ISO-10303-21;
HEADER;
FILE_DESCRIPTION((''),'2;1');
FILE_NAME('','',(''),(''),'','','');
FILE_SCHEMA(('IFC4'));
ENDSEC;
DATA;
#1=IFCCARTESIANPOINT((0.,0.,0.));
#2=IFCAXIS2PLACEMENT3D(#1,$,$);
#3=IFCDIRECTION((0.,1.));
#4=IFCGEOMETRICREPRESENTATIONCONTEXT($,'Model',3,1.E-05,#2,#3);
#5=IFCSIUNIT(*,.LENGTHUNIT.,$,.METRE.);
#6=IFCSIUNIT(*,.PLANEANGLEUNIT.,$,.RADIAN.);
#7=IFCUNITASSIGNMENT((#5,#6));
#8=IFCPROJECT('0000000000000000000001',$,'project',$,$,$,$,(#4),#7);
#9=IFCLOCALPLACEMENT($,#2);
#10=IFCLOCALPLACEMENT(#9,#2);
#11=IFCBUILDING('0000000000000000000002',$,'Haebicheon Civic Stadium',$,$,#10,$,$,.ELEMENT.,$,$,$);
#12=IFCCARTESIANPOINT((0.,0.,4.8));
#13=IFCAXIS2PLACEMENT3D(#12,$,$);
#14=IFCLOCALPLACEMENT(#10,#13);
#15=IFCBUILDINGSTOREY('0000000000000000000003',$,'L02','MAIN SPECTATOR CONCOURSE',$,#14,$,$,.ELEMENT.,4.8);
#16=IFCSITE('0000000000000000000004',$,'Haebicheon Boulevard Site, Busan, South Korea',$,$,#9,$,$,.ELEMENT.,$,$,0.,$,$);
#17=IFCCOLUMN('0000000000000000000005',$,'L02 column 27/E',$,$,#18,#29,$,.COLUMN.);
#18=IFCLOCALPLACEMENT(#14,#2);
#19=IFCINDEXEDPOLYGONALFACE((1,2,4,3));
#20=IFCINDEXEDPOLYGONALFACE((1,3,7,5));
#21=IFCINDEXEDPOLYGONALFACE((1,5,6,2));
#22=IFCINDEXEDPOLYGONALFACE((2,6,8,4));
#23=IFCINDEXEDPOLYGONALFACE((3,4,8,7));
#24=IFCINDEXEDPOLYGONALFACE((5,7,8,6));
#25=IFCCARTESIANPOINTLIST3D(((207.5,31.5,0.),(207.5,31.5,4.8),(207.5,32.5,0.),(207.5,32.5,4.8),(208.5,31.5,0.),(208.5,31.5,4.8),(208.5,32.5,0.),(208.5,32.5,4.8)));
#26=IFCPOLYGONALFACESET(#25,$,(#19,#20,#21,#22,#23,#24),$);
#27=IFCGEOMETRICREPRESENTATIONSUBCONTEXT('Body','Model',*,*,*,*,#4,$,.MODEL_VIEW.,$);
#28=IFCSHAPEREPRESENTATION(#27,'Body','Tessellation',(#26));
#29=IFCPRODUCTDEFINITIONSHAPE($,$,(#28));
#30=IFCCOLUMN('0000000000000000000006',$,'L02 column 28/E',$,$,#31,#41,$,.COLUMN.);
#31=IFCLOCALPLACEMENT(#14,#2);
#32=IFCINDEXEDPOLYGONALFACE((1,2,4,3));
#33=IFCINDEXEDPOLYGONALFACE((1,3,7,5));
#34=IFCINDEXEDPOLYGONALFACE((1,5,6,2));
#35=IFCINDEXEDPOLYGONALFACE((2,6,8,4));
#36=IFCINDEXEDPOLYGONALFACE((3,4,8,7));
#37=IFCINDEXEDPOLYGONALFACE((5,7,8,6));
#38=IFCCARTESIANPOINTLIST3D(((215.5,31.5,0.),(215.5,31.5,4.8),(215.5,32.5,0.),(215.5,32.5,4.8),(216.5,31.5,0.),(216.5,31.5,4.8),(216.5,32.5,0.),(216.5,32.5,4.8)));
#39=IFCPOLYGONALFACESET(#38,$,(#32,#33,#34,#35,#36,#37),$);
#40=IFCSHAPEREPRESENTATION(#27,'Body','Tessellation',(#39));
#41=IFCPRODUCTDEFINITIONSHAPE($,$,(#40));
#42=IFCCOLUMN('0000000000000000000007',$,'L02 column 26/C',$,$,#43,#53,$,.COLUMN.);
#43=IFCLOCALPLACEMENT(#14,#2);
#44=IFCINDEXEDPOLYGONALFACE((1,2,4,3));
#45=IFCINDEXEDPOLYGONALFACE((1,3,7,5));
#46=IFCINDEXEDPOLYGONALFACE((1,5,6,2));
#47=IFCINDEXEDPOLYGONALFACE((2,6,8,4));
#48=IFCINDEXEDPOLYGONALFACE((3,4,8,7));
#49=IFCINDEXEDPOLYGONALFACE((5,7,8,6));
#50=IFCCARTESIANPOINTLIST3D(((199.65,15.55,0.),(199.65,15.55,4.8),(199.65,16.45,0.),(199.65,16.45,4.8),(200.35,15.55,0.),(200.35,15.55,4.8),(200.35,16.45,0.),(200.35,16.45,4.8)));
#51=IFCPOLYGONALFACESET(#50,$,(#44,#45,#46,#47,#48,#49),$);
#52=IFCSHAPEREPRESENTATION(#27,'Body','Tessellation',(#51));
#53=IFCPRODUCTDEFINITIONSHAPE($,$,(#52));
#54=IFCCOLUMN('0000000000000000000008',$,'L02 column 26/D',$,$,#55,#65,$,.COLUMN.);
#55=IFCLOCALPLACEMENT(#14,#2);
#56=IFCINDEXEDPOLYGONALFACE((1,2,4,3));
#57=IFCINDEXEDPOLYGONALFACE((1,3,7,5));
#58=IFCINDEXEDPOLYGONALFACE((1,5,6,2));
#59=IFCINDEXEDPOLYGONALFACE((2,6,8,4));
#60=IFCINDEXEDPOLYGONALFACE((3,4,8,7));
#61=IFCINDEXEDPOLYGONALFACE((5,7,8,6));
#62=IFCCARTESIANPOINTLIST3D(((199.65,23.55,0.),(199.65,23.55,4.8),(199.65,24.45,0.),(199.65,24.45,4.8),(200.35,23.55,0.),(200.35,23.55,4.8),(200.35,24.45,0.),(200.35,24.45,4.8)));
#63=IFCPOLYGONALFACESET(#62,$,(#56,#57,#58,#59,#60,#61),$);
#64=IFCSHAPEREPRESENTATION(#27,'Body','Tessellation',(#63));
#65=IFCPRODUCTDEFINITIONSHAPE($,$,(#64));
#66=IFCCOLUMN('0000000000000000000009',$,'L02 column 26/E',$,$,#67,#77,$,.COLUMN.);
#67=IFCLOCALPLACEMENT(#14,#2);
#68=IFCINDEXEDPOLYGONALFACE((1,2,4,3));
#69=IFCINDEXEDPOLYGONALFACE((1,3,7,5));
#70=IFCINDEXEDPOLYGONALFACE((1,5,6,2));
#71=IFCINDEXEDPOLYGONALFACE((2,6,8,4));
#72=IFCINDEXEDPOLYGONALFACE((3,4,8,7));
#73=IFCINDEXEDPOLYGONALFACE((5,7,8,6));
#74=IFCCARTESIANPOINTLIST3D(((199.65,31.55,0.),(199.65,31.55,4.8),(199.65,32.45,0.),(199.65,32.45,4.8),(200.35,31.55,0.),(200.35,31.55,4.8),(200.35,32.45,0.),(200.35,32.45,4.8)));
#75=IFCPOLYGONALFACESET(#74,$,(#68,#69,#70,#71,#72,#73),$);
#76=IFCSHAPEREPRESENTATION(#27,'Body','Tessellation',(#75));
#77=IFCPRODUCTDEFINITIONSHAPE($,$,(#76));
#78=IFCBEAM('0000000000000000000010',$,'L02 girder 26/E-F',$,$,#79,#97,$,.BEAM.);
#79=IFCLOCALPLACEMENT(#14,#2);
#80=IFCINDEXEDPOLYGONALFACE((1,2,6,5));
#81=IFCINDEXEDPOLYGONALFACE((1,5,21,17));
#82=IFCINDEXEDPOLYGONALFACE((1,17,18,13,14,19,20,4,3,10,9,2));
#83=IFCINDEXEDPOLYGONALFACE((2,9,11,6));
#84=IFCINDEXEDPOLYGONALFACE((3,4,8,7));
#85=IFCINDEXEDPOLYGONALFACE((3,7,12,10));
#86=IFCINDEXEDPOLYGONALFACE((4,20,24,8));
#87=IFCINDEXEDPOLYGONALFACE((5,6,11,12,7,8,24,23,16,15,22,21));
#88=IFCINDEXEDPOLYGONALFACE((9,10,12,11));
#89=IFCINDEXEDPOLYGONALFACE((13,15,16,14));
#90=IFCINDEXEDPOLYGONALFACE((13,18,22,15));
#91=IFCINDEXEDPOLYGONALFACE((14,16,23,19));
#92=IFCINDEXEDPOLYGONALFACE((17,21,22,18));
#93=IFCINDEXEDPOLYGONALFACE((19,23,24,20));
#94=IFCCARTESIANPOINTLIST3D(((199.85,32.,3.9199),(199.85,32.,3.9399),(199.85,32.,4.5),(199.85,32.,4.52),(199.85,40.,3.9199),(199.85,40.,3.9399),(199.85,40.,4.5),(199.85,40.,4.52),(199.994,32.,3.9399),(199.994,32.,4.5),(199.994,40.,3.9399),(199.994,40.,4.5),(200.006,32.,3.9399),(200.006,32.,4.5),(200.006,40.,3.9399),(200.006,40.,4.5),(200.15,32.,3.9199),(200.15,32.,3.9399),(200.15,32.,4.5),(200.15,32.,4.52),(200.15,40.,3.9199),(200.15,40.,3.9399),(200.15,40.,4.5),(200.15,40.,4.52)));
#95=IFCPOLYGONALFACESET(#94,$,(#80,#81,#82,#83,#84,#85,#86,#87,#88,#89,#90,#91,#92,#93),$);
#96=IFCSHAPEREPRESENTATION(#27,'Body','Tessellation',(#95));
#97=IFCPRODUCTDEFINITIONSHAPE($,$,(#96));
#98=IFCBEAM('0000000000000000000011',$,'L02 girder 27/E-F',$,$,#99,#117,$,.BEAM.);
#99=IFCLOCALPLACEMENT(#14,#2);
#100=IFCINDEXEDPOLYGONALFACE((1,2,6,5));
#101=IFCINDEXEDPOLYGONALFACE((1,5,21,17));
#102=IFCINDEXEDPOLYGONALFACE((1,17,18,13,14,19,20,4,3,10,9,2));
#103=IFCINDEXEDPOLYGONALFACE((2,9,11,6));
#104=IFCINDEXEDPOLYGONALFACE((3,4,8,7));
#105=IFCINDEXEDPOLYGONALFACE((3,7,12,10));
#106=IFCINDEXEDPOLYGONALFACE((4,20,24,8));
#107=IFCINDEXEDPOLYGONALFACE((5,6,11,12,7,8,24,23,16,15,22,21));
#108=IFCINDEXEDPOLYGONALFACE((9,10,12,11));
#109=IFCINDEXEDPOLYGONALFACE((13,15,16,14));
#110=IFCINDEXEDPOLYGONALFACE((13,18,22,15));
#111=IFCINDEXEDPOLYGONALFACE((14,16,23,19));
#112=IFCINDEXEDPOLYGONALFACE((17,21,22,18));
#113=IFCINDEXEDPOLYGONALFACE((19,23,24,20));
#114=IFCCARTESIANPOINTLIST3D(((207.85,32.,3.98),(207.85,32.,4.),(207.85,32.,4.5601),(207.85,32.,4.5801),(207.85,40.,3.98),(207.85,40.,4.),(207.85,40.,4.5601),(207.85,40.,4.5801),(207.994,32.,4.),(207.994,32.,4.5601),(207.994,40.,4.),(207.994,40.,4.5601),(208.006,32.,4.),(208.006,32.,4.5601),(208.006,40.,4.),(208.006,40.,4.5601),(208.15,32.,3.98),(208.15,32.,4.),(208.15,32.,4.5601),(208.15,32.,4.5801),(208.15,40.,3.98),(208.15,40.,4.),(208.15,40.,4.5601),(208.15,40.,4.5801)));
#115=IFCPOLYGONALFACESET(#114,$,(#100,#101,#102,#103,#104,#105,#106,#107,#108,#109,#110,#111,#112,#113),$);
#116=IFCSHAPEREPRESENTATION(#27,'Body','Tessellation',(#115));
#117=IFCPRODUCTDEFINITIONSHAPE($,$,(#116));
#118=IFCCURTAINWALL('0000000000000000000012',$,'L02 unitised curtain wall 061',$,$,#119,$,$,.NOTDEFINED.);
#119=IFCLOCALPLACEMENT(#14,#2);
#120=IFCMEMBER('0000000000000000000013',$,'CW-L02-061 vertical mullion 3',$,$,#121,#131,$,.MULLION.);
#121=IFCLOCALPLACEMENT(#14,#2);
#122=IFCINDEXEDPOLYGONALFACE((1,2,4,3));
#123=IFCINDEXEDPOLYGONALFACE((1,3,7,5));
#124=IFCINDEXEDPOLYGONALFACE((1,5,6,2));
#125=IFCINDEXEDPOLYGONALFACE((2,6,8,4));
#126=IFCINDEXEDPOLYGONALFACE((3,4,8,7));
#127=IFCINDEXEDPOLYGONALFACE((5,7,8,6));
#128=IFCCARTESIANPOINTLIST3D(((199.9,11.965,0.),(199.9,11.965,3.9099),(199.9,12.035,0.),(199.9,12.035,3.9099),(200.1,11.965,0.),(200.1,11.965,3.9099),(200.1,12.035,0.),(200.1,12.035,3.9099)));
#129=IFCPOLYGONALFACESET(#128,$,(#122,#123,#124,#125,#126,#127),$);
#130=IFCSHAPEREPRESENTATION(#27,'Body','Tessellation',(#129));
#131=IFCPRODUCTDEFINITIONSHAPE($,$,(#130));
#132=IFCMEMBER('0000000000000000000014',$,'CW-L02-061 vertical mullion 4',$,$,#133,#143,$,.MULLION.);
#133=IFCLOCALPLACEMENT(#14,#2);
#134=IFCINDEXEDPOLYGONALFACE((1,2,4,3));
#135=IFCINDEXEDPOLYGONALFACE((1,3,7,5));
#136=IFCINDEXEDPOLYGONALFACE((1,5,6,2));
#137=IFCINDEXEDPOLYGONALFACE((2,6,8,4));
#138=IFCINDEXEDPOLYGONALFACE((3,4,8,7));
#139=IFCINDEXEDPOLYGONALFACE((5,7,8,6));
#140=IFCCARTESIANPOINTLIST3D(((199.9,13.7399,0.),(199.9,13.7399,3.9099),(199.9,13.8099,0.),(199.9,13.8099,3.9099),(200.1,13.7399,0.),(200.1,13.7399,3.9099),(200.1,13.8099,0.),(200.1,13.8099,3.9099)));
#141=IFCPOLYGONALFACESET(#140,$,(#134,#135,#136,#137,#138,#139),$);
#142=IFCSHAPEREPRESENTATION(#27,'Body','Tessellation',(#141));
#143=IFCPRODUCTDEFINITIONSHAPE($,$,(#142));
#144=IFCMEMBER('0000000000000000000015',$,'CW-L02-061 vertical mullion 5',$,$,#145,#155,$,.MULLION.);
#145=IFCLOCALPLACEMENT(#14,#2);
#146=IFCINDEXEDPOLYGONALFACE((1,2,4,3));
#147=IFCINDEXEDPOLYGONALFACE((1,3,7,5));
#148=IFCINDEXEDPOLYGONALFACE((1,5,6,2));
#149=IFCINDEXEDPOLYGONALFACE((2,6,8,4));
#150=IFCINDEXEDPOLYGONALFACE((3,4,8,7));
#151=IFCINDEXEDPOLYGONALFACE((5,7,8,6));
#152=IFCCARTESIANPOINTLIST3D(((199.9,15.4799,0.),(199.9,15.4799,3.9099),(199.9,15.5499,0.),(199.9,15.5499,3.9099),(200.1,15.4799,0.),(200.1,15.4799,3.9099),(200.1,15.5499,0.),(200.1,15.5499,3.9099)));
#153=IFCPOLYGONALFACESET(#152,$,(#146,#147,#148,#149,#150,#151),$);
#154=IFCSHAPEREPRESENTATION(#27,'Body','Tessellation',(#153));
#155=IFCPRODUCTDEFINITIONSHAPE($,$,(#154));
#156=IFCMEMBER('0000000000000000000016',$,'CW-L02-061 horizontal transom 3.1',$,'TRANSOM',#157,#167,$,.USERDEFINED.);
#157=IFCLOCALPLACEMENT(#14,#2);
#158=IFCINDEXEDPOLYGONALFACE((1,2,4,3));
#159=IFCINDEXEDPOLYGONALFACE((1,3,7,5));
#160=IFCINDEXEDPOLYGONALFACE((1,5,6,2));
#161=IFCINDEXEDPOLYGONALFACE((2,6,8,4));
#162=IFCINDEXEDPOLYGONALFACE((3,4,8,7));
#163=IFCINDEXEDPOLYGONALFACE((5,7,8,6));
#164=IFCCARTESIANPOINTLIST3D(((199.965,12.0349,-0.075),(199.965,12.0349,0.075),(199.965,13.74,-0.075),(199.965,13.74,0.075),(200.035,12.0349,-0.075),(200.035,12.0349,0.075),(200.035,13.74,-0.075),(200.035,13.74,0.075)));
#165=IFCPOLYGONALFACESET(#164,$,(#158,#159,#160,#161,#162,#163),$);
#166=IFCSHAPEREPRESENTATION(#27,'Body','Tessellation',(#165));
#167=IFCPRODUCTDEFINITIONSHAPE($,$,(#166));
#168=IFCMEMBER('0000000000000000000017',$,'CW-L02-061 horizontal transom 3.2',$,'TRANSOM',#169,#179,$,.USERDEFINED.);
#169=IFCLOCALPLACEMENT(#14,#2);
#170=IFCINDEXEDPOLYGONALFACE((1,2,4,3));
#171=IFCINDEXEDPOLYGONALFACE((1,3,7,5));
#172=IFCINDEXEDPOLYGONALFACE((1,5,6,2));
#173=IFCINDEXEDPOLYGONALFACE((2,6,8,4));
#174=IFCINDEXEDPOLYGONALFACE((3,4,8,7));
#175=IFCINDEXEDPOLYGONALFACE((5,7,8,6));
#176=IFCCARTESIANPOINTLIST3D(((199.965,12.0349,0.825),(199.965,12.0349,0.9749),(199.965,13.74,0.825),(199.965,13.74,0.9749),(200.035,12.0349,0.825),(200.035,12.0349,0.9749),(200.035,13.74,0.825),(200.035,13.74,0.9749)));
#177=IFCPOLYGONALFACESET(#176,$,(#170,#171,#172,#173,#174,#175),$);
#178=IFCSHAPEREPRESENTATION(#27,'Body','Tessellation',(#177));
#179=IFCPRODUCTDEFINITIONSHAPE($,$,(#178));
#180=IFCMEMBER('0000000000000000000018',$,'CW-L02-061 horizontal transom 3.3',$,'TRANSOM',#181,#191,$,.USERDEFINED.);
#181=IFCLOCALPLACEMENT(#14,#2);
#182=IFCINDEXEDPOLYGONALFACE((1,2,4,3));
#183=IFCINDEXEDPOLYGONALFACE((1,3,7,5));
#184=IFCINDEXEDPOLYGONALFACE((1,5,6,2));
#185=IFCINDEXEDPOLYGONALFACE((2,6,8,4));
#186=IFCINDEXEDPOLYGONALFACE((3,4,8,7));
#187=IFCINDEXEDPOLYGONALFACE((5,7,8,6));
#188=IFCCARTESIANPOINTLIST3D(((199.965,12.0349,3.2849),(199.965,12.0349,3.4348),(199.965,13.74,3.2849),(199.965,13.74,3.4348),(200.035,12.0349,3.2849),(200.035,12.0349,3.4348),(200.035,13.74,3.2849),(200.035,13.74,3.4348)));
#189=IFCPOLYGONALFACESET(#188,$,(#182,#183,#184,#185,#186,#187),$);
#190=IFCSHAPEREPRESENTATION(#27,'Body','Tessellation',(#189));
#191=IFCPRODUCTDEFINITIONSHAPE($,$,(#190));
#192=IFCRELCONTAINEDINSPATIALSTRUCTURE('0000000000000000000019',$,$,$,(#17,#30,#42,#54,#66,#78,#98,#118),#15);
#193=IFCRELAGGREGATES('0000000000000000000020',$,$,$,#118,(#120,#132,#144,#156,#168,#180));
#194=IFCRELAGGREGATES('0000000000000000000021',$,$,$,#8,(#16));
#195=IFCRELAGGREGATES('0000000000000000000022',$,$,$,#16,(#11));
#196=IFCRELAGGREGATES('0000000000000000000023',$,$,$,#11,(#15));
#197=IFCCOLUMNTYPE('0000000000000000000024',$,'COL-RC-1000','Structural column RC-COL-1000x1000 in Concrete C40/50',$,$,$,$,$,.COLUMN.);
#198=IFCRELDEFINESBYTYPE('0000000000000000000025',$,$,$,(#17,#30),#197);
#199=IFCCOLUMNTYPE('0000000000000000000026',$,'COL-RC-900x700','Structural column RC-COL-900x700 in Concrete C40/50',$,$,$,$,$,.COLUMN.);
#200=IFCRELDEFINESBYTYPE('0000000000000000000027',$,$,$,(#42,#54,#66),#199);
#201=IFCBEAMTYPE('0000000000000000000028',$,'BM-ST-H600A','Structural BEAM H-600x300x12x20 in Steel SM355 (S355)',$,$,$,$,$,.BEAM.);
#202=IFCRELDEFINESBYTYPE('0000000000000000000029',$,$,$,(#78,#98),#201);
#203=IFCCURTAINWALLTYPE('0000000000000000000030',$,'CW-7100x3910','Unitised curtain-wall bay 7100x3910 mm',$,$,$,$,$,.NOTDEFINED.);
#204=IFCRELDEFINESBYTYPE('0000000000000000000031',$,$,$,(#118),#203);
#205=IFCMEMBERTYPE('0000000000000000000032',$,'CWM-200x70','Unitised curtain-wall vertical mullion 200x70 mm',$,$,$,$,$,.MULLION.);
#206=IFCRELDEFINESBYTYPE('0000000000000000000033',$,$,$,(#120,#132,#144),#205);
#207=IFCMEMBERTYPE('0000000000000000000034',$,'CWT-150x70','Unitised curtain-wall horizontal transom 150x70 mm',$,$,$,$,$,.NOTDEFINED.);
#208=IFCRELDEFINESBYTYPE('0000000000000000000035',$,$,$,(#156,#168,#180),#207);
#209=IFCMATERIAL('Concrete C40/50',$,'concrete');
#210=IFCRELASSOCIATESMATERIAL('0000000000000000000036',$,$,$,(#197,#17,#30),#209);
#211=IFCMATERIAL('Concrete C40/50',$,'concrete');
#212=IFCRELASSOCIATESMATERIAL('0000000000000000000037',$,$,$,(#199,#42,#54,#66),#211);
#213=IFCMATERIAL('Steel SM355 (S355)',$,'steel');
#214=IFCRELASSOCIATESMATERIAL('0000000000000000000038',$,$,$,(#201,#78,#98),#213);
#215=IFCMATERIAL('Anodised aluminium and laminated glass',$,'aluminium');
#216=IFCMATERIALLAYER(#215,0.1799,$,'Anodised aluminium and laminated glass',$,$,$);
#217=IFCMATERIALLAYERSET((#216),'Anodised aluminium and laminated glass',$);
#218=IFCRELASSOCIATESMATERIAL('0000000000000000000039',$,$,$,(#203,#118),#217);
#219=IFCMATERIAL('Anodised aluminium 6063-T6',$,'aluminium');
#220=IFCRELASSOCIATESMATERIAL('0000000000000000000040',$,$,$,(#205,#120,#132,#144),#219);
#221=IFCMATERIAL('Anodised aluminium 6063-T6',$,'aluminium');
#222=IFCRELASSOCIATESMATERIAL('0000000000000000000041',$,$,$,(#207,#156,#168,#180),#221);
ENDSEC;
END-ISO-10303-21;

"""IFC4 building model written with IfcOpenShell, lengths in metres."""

from ifc_helpers import new_model, si_unit, direction, frame, origin, origin_2d, place, context, subcontext, project, spatial, rectangle, i_section, extrude, material, layer, layer_set, material_profile, profile_set, type_object, element, aggregate, save


model = new_model("IFC4")

# Units and contexts
model_context = context("Model", 3, precision=1e-05, world=origin(), true_north=direction((0.0, 1.0)))
body_context = subcontext(model_context, "Body", "Model", "MODEL_VIEW")
ifc_project = project(units=[si_unit("LENGTHUNIT", "METRE"), si_unit("PLANEANGLEUNIT", "RADIAN")], contexts=[model_context])

# Site, building, storey
site_placement = place(None, origin())
site = spatial("IfcSite", under=ifc_project, at=site_placement, Name="Haebicheon Boulevard Site, Busan, South Korea", CompositionType="ELEMENT", RefElevation=0.0)
building_placement = place(site_placement, origin())
building = spatial("IfcBuilding", under=site, at=building_placement, Name="Haebicheon Civic Stadium", CompositionType="ELEMENT")
storey_placement = place(building_placement, frame((0.0, 0.0, 4.8)))
storey = spatial("IfcBuildingStorey", under=building, at=storey_placement, Name="L02", Description="MAIN SPECTATOR CONCOURSE", CompositionType="ELEMENT", Elevation=4.8)

# Columns
ifc_material_1 = material(Name="Concrete C40/50", Category="concrete")
ifc_material_profile_1 = material_profile(ifc_material_1, rectangle(XDim=1.0, YDim=1.0, at=origin_2d()), Name="RC-COL-1000x1000")
ifc_profile_set_1 = profile_set([ifc_material_profile_1], Name="Concrete C40/50")
column_type_1 = type_object("IfcColumnType", Name="COL-RC-1000", Description="Structural column RC-COL-1000x1000 in Concrete C40/50", PredefinedType="COLUMN", material=ifc_profile_set_1)
for number, where, z_axis, x_axis, name in (
    (1, (208.0, 32.0, 0.0), (0.0, 0.0, 1.0), (1.0, 0.0, 0.0), "L02 column 27/E"),
    (2, (216.0, 32.0, 0.0), (0.0, 0.0, 1.0), (1.0, 0.0, 0.0), "L02 column 28/E"),
):
    element("IfcColumn", number, at=place(storey_placement, frame(where, z_axis=z_axis, x_axis=x_axis)), inside=storey, type_object=column_type_1, material=ifc_profile_set_1, Name=name, PredefinedType="COLUMN", context=body_context, shape_type="SweptSolid", body=[
        extrude(rectangle(XDim=1.0, YDim=1.0, at=origin_2d()), origin(), (0.0, 0.0, 1.0), 4.8),
    ])
ifc_material_2 = material(Name="Concrete C40/50", Category="concrete")
ifc_material_profile_2 = material_profile(ifc_material_2, rectangle(XDim=0.7, YDim=0.8999, at=origin_2d()), Name="RC-COL-900x700")
ifc_profile_set_2 = profile_set([ifc_material_profile_2], Name="Concrete C40/50")
column_type_2 = type_object("IfcColumnType", Name="COL-RC-900x700", Description="Structural column RC-COL-900x700 in Concrete C40/50", PredefinedType="COLUMN", material=ifc_profile_set_2)
for number, where, z_axis, x_axis, name in (
    (3, (200.0, 16.0, 0.0), (0.0, 0.0, 1.0), (1.0, 0.0, 0.0), "L02 column 26/C"),
    (4, (200.0, 24.0, 0.0), (0.0, 0.0, 1.0), (1.0, 0.0, 0.0), "L02 column 26/D"),
    (5, (200.0, 32.0, 0.0), (0.0, 0.0, 1.0), (1.0, 0.0, 0.0), "L02 column 26/E"),
):
    element("IfcColumn", number, at=place(storey_placement, frame(where, z_axis=z_axis, x_axis=x_axis)), inside=storey, type_object=column_type_2, material=ifc_profile_set_2, Name=name, PredefinedType="COLUMN", context=body_context, shape_type="SweptSolid", body=[
        extrude(rectangle(XDim=0.7, YDim=0.8999, at=origin_2d()), origin(), (0.0, 0.0, 1.0), 4.8),
    ])

# Beams
ifc_material_3 = material(Name="Steel SM355 (S355)", Category="steel")
ifc_material_profile_3 = material_profile(ifc_material_3, i_section(OverallWidth=0.3, OverallDepth=0.6001, WebThickness=0.012, FlangeThickness=0.02, at=origin_2d()), Name="H-600x300x12x20")
ifc_profile_set_3 = profile_set([ifc_material_profile_3], Name="Steel SM355 (S355)")
beam_type_1 = type_object("IfcBeamType", Name="BM-ST-H600A", Description="Structural BEAM H-600x300x12x20 in Steel SM355 (S355)", PredefinedType="BEAM", material=ifc_profile_set_3)
for number, where, z_axis, x_axis, name in (
    (6, (200.0, 32.0, 4.22), (0.0, 1.0, 0.0), (-1.0, 0.0, 0.0), "L02 girder 26/E-F"),
    (7, (208.0, 32.0, 4.28), (0.0, 1.0, 0.0), (-1.0, 0.0, 0.0), "L02 girder 27/E-F"),
):
    element("IfcBeam", number, at=place(storey_placement, frame(where, z_axis=z_axis, x_axis=x_axis)), inside=storey, type_object=beam_type_1, material=ifc_profile_set_3, Name=name, PredefinedType="BEAM", context=body_context, shape_type="SweptSolid", body=[
        extrude(i_section(OverallWidth=0.3, OverallDepth=0.6001, WebThickness=0.012, FlangeThickness=0.02, at=origin_2d()), origin(), (0.0, 0.0, 1.0), 8.0),
    ])

# Curtain wall, members
ifc_material_4 = material(Name="Anodised aluminium and laminated glass", Category="aluminium")
ifc_layer_1 = layer(ifc_material_4, 0.1799, Name="Anodised aluminium and laminated glass")
ifc_layer_set_1 = layer_set([ifc_layer_1], Name="Anodised aluminium and laminated glass")
curtain_wall_type = type_object("IfcCurtainWallType", Name="CW-7100x3910", Description="Unitised curtain-wall bay 7100x3910 mm", PredefinedType="NOTDEFINED", material=ifc_layer_set_1)
curtain_wall_placement = place(storey_placement, origin())
curtain_wall = element("IfcCurtainWall", 8, at=curtain_wall_placement, inside=storey, type_object=curtain_wall_type, material=ifc_layer_set_1, Name="L02 unitised curtain wall 061", PredefinedType="NOTDEFINED")
ifc_material_5 = material(Name="Anodised aluminium 6063-T6", Category="aluminium")
ifc_material_profile_4 = material_profile(ifc_material_5, rectangle(XDim=0.0701, YDim=0.2, at=origin_2d()), Name="ALU-MULL-70x200")
ifc_profile_set_4 = profile_set([ifc_material_profile_4], Name="Anodised aluminium 6063-T6")
member_type_1 = type_object("IfcMemberType", Name="CWM-200x70", Description="Unitised curtain-wall vertical mullion 200x70 mm", PredefinedType="MULLION", material=ifc_profile_set_4)
member_1_placement = place(storey_placement, frame((200.0, 12.0, 0.0), z_axis=(0.0, 0.0, 1.0), x_axis=(0.0, 1.0, 0.0)))
member_1 = element("IfcMember", 9, at=member_1_placement, type_object=member_type_1, material=ifc_profile_set_4, Name="CW-L02-061 vertical mullion 3", PredefinedType="MULLION", context=body_context, shape_type="SweptSolid", body=[
    extrude(rectangle(XDim=0.0701, YDim=0.2, at=origin_2d()), origin(), (0.0, 0.0, 1.0), 3.9099),
])
member_2_placement = place(storey_placement, frame((200.0, 13.7749, 0.0), z_axis=(0.0, 0.0, 1.0), x_axis=(0.0, 1.0, 0.0)))
member_2 = element("IfcMember", 10, at=member_2_placement, type_object=member_type_1, material=ifc_profile_set_4, Name="CW-L02-061 vertical mullion 4", PredefinedType="MULLION", context=body_context, shape_type="SweptSolid", body=[
    extrude(rectangle(XDim=0.0701, YDim=0.2, at=origin_2d()), origin(), (0.0, 0.0, 1.0), 3.9099),
])
member_3_placement = place(storey_placement, frame((200.0, 15.5149, 0.0), z_axis=(0.0, 0.0, 1.0), x_axis=(0.0, 1.0, 0.0)))
member_3 = element("IfcMember", 11, at=member_3_placement, type_object=member_type_1, material=ifc_profile_set_4, Name="CW-L02-061 vertical mullion 5", PredefinedType="MULLION", context=body_context, shape_type="SweptSolid", body=[
    extrude(rectangle(XDim=0.0701, YDim=0.2, at=origin_2d()), origin(), (0.0, 0.0, 1.0), 3.9099),
])
ifc_material_6 = material(Name="Anodised aluminium 6063-T6", Category="aluminium")
ifc_material_profile_5 = material_profile(ifc_material_6, rectangle(XDim=0.0701, YDim=0.1499, at=origin_2d()), Name="ALU-TRAN-70x150")
ifc_profile_set_5 = profile_set([ifc_material_profile_5], Name="Anodised aluminium 6063-T6")
member_type_2 = type_object("IfcMemberType", Name="CWT-150x70", Description="Unitised curtain-wall horizontal transom 150x70 mm", PredefinedType="NOTDEFINED", material=ifc_profile_set_5)
member_4_placement = place(storey_placement, frame((200.0, 12.0349, 0.0), z_axis=(0.0, 1.0, 0.0), x_axis=(-1.0, 0.0, 0.0)))
member_4 = element("IfcMember", 12, at=member_4_placement, type_object=member_type_2, material=ifc_profile_set_5, Name="CW-L02-061 horizontal transom 3.1", ObjectType="TRANSOM", PredefinedType="USERDEFINED", context=body_context, shape_type="SweptSolid", body=[
    extrude(rectangle(XDim=0.0701, YDim=0.1499, at=origin_2d()), origin(), (0.0, 0.0, 1.0), 1.7051),
])
member_5_placement = place(storey_placement, frame((200.0, 12.0349, 0.8999), z_axis=(0.0, 1.0, 0.0), x_axis=(-1.0, 0.0, 0.0)))
member_5 = element("IfcMember", 13, at=member_5_placement, type_object=member_type_2, material=ifc_profile_set_5, Name="CW-L02-061 horizontal transom 3.2", ObjectType="TRANSOM", PredefinedType="USERDEFINED", context=body_context, shape_type="SweptSolid", body=[
    extrude(rectangle(XDim=0.0701, YDim=0.1499, at=origin_2d()), origin(), (0.0, 0.0, 1.0), 1.7051),
])
member_6_placement = place(storey_placement, frame((200.0, 12.0349, 3.3599), z_axis=(0.0, 1.0, 0.0), x_axis=(-1.0, 0.0, 0.0)))
member_6 = element("IfcMember", 14, at=member_6_placement, type_object=member_type_2, material=ifc_profile_set_5, Name="CW-L02-061 horizontal transom 3.3", ObjectType="TRANSOM", PredefinedType="USERDEFINED", context=body_context, shape_type="SweptSolid", body=[
    extrude(rectangle(XDim=0.0701, YDim=0.1499, at=origin_2d()), origin(), (0.0, 0.0, 1.0), 1.7051),
])

aggregate(curtain_wall, [member_1, member_2, member_3, member_4, member_5, member_6])

save(model, "model.ifc")
